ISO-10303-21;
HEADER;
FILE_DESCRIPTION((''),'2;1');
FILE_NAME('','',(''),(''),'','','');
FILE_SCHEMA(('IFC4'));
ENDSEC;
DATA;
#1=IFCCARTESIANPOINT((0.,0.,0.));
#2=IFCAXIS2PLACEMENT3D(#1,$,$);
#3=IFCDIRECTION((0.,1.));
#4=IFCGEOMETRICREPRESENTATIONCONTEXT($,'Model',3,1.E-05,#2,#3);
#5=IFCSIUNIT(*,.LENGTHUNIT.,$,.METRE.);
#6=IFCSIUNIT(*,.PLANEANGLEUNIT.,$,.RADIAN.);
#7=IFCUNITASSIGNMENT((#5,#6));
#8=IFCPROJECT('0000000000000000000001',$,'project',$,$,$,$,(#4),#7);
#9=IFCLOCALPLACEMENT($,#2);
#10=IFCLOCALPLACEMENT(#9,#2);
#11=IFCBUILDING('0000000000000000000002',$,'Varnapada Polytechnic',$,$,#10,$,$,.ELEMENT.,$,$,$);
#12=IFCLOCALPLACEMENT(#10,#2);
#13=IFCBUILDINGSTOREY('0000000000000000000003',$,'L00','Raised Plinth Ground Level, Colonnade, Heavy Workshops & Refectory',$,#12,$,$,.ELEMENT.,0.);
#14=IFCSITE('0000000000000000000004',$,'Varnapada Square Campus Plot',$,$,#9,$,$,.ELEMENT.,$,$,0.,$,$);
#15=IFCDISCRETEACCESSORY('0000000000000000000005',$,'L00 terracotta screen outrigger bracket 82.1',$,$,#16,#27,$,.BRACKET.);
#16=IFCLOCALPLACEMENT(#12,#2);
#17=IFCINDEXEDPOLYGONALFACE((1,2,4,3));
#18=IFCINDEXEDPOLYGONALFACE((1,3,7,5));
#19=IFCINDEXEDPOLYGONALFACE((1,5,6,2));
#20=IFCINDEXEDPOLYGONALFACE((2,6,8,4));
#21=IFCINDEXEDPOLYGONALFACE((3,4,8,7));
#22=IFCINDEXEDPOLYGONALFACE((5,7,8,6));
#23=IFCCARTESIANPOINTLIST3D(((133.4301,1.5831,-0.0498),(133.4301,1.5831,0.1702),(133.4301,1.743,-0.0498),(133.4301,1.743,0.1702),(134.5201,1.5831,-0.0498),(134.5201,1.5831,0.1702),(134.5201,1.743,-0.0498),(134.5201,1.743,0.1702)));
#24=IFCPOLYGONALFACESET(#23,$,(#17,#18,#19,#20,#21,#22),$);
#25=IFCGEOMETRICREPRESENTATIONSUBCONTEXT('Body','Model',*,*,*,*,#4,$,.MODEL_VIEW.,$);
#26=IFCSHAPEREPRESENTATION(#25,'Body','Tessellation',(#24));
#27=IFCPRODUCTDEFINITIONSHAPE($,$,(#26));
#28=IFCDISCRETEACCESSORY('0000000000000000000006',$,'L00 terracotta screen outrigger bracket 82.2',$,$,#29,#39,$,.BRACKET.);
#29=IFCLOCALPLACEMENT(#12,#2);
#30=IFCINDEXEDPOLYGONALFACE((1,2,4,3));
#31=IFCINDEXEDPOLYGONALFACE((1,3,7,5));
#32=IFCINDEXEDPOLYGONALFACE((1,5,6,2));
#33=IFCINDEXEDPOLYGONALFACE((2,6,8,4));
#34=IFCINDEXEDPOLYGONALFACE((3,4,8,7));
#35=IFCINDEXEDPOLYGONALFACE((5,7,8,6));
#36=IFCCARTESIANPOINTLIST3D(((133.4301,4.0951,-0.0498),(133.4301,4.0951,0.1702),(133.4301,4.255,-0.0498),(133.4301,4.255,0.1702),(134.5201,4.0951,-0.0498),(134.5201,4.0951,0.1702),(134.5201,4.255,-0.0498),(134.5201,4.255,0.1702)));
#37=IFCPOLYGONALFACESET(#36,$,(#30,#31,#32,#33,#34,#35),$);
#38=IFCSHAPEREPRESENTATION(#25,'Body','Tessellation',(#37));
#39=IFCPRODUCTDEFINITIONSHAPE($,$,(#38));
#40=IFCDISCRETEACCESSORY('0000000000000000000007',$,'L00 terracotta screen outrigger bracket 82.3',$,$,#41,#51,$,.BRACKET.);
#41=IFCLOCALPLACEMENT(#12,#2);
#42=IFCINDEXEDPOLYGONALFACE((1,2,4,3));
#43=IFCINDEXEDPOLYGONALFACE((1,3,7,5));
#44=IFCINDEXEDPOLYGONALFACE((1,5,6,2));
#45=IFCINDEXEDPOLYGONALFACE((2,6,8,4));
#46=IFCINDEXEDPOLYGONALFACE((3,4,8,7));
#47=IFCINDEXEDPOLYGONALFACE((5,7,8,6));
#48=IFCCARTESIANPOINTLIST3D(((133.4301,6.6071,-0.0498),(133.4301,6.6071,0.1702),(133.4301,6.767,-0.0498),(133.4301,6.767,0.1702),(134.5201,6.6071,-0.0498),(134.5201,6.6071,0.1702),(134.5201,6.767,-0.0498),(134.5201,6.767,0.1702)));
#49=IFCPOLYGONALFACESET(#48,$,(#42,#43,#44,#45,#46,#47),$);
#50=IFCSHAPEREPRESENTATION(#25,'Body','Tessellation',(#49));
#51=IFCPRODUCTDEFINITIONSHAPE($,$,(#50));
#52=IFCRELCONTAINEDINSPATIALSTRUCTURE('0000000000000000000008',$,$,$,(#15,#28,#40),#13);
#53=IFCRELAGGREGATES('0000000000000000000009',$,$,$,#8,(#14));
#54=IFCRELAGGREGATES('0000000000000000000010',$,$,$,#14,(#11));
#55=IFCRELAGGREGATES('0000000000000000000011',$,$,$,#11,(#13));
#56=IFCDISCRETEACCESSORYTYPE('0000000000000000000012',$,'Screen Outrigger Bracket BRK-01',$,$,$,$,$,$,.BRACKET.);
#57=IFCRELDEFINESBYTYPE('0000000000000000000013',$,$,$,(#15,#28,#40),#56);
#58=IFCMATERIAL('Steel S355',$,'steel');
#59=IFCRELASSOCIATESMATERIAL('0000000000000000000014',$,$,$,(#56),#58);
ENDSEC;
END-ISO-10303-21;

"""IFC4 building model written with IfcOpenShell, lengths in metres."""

from ifc_helpers import new_model, si_unit, direction, frame, origin, origin_2d, place, context, subcontext, project, spatial, rectangle, extrude, material, type_object, element, save


model = new_model("IFC4")

# Units and contexts
model_context = context("Model", 3, precision=1e-05, world=origin(), true_north=direction((0.0, 1.0)))
body_context = subcontext(model_context, "Body", "Model", "MODEL_VIEW")
ifc_project = project(units=[si_unit("LENGTHUNIT", "METRE"), si_unit("PLANEANGLEUNIT", "RADIAN")], contexts=[model_context])

# Site, building, storey
site_placement = place(None, origin())
site = spatial("IfcSite", under=ifc_project, at=site_placement, Name="Varnapada Square Campus Plot", CompositionType="ELEMENT", RefElevation=0.0)
building_placement = place(site_placement, origin())
building = spatial("IfcBuilding", under=site, at=building_placement, Name="Varnapada Polytechnic", CompositionType="ELEMENT")
storey_placement = place(building_placement, origin())
storey = spatial("IfcBuildingStorey", under=building, at=storey_placement, Name="L00", Description="Raised Plinth Ground Level, Colonnade, Heavy Workshops & Refectory", CompositionType="ELEMENT", Elevation=0.0)

# Discrete accessories
ifc_material_1 = material(Name="Steel S355", Category="steel")
discrete_accessory_type = type_object("IfcDiscreteAccessoryType", Name="Screen Outrigger Bracket BRK-01", PredefinedType="BRACKET", material=ifc_material_1)
for number, where, z_axis, x_axis, name in (
    (1, (133.9751, 1.6631, -0.0498), (0.0, 0.0, 1.0), (0.0, 1.0, 0.0), "L00 terracotta screen outrigger bracket 82.1"),
    (2, (133.9751, 4.175, -0.0498), (0.0, 0.0, 1.0), (0.0, 1.0, 0.0), "L00 terracotta screen outrigger bracket 82.2"),
    (3, (133.9751, 6.687, -0.0498), (0.0, 0.0, 1.0), (0.0, 1.0, 0.0), "L00 terracotta screen outrigger bracket 82.3"),
):
    element("IfcDiscreteAccessory", number, at=place(storey_placement, frame(where, z_axis=z_axis, x_axis=x_axis)), inside=storey, type_object=discrete_accessory_type, Name=name, PredefinedType="BRACKET", context=body_context, shape_type="SweptSolid", body=[
        extrude(rectangle(XDim=0.1599, YDim=1.0901, at=origin_2d()), origin(), (0.0, 0.0, 1.0), 0.22),
    ])

save(model, "model.ifc")
